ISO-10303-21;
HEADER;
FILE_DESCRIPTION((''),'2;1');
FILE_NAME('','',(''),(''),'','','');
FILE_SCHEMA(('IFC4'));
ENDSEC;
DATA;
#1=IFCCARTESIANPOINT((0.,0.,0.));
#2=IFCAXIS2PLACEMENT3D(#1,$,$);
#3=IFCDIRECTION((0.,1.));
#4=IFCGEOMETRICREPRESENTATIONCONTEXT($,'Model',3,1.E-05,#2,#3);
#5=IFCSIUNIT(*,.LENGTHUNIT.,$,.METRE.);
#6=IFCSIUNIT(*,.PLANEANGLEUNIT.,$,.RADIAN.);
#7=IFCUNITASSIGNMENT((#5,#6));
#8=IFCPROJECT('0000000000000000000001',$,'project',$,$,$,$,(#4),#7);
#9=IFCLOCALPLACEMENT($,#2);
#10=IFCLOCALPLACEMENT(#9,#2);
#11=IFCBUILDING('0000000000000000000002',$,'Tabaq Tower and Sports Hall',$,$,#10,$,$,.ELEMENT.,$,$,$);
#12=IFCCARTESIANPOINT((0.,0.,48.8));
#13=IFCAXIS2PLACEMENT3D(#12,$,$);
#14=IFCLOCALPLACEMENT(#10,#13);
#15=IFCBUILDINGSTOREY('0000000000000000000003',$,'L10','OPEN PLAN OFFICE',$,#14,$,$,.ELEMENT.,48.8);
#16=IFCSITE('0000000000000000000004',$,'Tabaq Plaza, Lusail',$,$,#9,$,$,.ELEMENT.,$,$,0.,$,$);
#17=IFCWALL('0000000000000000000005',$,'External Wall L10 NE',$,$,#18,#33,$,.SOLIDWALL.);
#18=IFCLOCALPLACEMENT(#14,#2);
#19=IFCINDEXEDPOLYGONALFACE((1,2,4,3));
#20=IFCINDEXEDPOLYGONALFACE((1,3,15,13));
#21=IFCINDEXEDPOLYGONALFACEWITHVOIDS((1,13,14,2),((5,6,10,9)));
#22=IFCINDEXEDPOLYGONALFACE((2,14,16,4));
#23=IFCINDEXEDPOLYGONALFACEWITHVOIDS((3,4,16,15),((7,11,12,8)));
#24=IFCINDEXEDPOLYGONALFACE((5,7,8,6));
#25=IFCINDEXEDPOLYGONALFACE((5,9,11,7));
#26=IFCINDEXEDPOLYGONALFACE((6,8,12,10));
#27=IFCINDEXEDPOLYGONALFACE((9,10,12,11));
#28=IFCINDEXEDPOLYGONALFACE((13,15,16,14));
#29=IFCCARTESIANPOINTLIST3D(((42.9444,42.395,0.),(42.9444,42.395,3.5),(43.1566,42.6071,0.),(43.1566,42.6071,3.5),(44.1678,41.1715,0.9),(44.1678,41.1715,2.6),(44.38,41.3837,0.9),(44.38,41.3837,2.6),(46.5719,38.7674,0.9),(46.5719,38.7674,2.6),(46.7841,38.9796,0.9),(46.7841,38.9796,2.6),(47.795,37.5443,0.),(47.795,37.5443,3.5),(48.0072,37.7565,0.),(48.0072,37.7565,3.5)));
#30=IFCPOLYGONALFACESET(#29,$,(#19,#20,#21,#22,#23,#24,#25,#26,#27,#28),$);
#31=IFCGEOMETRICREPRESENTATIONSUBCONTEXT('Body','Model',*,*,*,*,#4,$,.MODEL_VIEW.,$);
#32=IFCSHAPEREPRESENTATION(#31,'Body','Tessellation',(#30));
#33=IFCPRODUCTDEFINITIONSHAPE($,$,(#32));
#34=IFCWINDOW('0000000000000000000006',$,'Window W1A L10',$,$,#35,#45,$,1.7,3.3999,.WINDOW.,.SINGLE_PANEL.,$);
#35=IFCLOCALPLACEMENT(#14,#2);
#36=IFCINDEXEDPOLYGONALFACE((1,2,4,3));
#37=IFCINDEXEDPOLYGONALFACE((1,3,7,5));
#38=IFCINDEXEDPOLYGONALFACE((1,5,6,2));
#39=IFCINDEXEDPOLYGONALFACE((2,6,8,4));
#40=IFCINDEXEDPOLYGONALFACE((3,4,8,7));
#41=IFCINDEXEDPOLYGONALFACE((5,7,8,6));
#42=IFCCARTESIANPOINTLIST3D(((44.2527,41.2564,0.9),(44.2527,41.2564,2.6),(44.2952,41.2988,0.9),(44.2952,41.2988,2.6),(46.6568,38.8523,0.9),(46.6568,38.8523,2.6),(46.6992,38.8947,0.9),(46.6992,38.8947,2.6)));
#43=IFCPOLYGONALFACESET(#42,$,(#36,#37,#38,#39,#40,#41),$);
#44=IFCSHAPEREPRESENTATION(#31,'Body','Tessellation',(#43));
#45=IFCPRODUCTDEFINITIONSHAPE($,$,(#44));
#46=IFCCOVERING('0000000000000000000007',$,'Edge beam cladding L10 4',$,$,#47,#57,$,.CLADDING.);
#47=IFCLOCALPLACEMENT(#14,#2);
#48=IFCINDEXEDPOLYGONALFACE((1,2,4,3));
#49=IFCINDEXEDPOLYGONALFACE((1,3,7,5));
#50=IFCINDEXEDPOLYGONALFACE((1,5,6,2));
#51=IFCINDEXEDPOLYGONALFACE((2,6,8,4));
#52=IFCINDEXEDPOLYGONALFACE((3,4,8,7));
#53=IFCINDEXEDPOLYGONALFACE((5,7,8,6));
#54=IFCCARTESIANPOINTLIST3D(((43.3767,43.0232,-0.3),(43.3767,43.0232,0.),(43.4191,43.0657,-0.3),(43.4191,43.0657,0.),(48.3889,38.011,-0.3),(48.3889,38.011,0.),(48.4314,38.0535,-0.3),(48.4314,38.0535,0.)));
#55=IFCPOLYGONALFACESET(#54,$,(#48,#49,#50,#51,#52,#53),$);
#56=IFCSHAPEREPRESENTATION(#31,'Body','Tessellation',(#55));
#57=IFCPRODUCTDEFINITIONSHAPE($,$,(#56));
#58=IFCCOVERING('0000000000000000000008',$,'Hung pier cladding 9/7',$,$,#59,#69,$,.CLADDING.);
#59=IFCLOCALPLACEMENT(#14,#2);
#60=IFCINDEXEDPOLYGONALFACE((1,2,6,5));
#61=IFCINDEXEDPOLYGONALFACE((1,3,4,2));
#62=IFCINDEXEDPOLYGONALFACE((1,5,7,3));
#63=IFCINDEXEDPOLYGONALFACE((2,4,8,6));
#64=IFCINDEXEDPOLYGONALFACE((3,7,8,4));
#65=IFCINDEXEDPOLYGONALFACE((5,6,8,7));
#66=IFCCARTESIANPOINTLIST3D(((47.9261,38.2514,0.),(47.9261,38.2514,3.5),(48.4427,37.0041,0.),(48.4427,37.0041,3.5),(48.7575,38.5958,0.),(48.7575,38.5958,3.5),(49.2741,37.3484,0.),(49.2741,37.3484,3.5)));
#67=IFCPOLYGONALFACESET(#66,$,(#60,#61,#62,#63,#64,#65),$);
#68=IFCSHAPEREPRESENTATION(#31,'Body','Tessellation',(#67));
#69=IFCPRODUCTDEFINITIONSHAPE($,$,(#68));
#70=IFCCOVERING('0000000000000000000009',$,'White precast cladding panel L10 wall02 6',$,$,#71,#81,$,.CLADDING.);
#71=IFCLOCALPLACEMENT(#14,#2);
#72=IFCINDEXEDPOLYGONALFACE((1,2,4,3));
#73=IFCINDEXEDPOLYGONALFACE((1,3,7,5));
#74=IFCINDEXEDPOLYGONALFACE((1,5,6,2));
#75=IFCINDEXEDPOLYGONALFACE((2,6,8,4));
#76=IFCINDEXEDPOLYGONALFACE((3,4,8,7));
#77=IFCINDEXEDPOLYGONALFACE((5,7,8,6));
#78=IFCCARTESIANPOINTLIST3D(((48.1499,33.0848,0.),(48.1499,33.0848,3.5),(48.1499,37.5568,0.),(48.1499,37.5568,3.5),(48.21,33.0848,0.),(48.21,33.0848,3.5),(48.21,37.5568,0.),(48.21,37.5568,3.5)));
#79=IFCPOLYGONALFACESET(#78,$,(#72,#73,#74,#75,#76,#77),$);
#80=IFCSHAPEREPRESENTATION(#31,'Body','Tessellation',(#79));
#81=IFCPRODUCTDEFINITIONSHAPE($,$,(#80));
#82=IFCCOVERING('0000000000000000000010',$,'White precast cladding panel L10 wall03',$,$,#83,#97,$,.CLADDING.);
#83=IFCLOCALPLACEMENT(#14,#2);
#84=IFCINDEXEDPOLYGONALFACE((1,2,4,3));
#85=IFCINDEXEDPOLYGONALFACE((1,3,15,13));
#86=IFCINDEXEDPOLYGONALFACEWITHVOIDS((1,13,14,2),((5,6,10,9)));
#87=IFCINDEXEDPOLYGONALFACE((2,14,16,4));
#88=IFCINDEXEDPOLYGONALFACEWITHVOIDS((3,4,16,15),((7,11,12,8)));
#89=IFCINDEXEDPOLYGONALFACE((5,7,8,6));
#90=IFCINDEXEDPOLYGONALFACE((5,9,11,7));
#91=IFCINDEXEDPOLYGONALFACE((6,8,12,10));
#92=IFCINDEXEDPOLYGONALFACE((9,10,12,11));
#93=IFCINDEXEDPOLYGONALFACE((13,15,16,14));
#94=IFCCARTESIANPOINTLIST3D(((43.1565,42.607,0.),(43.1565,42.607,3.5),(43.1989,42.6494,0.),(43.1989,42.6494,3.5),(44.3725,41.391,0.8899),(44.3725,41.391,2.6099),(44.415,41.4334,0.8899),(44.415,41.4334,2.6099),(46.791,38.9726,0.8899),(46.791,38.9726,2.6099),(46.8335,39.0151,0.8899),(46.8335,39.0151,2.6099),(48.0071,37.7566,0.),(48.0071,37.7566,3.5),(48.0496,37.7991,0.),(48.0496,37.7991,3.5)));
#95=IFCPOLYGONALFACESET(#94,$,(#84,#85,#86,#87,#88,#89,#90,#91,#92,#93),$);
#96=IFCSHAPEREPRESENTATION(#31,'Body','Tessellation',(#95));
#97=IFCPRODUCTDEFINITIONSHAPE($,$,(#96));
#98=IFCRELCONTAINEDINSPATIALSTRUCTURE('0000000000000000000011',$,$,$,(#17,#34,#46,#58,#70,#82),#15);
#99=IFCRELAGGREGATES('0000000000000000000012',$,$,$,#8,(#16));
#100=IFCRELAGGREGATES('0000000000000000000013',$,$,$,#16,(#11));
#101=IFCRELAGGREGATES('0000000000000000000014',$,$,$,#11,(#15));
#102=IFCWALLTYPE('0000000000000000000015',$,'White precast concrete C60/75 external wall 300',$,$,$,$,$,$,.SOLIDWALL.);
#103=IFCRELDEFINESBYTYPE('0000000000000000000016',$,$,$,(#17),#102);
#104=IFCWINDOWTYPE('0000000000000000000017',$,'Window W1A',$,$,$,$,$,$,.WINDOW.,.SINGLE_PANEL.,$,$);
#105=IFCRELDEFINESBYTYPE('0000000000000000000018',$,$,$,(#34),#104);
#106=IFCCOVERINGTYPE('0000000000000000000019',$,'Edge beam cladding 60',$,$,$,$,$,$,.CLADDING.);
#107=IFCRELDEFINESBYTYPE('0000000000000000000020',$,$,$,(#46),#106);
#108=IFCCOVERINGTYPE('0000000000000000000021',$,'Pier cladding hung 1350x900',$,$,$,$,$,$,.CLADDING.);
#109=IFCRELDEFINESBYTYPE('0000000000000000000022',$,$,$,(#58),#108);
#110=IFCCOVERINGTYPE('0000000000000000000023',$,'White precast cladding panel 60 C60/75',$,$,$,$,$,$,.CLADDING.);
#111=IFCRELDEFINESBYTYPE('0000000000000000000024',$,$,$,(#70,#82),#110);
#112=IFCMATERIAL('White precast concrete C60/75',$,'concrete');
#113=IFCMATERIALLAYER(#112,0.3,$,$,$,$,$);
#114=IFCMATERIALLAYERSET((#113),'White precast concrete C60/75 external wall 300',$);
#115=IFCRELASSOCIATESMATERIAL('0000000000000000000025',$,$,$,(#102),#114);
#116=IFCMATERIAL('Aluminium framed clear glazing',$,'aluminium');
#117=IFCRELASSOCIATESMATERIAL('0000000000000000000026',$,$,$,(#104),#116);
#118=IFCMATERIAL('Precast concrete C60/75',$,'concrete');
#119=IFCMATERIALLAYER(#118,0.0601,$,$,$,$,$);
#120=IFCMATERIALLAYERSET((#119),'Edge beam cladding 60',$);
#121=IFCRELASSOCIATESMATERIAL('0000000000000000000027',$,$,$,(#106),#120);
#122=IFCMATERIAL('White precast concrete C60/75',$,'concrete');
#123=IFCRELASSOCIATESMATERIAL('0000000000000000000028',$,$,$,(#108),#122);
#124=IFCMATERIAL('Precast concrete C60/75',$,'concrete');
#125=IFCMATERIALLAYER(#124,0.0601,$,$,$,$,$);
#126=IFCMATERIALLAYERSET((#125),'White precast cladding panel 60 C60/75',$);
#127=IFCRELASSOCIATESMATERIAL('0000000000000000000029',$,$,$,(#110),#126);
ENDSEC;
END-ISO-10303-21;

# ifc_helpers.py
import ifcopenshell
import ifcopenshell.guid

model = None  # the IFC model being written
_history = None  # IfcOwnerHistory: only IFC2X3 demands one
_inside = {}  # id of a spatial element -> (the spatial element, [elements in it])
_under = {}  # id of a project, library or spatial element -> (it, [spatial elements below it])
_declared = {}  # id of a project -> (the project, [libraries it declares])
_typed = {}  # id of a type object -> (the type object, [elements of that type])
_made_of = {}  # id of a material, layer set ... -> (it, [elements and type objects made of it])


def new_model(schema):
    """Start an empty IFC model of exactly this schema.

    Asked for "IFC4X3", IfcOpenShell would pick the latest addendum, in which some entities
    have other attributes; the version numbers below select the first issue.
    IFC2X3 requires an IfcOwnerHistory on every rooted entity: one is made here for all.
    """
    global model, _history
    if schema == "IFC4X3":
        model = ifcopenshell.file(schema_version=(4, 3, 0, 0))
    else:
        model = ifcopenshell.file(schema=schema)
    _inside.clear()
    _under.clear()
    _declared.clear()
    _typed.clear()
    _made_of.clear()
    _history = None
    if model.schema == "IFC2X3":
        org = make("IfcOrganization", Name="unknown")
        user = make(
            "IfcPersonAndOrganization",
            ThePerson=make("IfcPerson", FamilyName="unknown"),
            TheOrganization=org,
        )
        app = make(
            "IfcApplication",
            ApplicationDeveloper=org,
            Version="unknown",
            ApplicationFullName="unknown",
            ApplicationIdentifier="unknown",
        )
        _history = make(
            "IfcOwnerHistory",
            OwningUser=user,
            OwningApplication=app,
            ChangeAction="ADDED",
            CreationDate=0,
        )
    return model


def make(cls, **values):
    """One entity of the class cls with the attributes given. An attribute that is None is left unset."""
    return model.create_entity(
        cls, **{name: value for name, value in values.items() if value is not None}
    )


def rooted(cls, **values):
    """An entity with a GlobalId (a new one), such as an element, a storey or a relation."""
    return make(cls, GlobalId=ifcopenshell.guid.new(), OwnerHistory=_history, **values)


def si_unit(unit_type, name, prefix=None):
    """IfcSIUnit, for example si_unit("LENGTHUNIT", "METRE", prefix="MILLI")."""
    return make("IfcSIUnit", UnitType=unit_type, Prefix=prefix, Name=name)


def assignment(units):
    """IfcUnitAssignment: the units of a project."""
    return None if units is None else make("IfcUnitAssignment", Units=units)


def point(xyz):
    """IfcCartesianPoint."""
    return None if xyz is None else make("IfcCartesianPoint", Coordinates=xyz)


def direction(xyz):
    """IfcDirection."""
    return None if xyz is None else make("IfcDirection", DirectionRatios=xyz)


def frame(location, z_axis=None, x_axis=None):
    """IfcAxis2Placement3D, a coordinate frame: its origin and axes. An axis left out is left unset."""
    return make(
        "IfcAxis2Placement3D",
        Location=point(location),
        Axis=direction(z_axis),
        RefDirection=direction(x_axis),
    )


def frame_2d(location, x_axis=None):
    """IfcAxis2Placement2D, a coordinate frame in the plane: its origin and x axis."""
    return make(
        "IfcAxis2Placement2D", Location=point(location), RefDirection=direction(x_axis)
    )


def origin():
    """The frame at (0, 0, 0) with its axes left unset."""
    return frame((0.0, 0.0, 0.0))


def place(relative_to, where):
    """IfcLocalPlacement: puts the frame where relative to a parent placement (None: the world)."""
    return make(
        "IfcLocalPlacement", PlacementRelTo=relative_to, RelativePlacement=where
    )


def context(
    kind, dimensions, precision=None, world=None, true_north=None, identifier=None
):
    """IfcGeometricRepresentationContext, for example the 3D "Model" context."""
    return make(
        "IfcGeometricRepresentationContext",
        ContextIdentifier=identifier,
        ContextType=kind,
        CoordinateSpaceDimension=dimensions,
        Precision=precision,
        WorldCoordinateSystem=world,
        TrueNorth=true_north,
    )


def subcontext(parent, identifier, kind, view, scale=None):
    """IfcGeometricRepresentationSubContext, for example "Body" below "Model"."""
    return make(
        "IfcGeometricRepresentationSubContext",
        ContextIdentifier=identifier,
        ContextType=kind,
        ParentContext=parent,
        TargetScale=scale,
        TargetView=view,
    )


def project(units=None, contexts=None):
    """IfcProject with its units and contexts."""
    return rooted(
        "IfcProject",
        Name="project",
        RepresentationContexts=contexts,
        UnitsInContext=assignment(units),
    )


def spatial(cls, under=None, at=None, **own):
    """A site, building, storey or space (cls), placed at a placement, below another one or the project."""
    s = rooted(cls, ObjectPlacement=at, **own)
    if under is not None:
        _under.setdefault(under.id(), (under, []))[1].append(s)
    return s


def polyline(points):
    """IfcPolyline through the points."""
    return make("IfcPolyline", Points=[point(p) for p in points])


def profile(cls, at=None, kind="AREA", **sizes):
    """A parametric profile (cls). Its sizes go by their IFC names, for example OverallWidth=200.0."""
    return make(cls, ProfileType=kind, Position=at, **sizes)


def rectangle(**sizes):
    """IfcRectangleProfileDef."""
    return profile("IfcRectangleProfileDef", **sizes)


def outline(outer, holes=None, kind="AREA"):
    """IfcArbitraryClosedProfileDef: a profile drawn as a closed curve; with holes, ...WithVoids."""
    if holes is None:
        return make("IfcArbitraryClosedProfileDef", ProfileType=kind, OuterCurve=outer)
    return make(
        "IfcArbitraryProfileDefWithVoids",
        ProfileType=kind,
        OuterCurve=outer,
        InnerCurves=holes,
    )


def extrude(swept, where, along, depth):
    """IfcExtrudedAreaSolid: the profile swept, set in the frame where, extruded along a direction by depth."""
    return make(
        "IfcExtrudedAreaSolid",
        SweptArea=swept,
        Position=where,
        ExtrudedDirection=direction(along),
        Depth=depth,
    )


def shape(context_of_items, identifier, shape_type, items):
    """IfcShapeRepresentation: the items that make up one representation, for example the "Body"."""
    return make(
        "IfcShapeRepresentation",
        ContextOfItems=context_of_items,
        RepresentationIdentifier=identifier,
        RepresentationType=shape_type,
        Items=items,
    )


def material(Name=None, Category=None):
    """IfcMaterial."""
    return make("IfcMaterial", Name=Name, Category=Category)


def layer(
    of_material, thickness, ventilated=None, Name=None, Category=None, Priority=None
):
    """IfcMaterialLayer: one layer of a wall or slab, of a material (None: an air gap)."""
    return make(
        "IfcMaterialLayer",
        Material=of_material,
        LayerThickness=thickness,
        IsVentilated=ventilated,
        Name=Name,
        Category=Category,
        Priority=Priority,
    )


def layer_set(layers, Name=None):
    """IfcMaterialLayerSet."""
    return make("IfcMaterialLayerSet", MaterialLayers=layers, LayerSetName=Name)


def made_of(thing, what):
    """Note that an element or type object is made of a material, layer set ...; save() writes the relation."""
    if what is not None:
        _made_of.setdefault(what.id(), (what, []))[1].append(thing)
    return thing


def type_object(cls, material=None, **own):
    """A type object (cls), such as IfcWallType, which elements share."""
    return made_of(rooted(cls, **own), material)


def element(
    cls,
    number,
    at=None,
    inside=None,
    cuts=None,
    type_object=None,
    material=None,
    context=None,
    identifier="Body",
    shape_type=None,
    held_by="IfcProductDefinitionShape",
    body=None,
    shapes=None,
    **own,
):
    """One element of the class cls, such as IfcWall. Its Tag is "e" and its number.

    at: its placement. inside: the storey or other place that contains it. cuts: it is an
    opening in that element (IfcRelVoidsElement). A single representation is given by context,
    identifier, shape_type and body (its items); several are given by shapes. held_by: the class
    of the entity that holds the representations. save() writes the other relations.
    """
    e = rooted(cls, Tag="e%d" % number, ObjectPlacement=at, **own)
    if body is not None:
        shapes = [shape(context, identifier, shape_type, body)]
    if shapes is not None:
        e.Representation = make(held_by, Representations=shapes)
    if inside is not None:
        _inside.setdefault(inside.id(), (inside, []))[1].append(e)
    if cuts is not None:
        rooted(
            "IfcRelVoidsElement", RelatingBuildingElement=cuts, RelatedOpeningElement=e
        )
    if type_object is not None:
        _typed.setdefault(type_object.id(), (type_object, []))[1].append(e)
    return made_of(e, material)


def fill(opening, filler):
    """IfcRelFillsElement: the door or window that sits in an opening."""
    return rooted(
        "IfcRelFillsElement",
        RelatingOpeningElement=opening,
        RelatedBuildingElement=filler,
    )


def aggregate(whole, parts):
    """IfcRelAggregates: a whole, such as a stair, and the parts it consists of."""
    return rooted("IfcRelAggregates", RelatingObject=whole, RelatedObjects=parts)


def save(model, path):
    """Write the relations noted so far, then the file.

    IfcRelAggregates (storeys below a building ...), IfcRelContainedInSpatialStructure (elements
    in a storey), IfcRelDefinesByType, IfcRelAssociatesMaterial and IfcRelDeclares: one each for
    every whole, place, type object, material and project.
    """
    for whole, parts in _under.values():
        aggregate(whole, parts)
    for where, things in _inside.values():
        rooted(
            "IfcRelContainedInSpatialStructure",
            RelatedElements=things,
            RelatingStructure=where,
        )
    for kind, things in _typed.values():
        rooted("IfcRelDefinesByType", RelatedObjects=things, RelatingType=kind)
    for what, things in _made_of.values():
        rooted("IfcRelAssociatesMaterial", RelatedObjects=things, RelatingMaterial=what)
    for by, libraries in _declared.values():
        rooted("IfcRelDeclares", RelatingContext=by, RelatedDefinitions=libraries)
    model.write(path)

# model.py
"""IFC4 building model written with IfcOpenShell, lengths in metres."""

from ifc_helpers import new_model, si_unit, direction, frame, frame_2d, origin, place, context, subcontext, project, spatial, polyline, rectangle, outline, extrude, material, layer, layer_set, type_object, element, fill, save


model = new_model("IFC4")

# Units and contexts
model_context = context("Model", 3, precision=1e-05, world=origin(), true_north=direction((0.0, 1.0)))
body_context = subcontext(model_context, "Body", "Model", "MODEL_VIEW")
ifc_project = project(units=[si_unit("LENGTHUNIT", "METRE"), si_unit("PLANEANGLEUNIT", "RADIAN")], contexts=[model_context])

# Site, building, storey
site_placement = place(None, origin())
site = spatial("IfcSite", under=ifc_project, at=site_placement, Name="Tabaq Plaza, Lusail", CompositionType="ELEMENT", RefElevation=0.0)
building_placement = place(site_placement, origin())
building = spatial("IfcBuilding", under=site, at=building_placement, Name="Tabaq Tower and Sports Hall", CompositionType="ELEMENT")
storey_placement = place(building_placement, frame((0.0, 0.0, 48.8)))
storey = spatial("IfcBuildingStorey", under=building, at=storey_placement, Name="L10", Description="OPEN PLAN OFFICE", CompositionType="ELEMENT", Elevation=48.8)

# Wall, opening, window
ifc_material_1 = material(Name="White precast concrete C60/75", Category="concrete")
ifc_layer_1 = layer(ifc_material_1, 0.3)
ifc_layer_set_1 = layer_set([ifc_layer_1], Name="White precast concrete C60/75 external wall 300")
wall_type_1 = type_object("IfcWallType", Name="White precast concrete C60/75 external wall 300", PredefinedType="SOLIDWALL", material=ifc_layer_set_1)
wall_1_placement = place(storey_placement, frame((47.9011, 37.6504, 0.0), z_axis=(0.0, 0.0, 1.0), x_axis=(-0.707107, 0.707107, 0.0)))
wall_1 = element("IfcWall", 1, at=wall_1_placement, inside=storey, type_object=wall_type_1, Name="External Wall L10 NE", PredefinedType="SOLIDWALL", context=body_context, shape_type="SweptSolid", body=[
    extrude(rectangle(XDim=6.8599, YDim=0.3, at=frame_2d((3.4299, 0.0))), origin(), (0.0, 0.0, 1.0), 3.5),
])
opening_1_placement = place(wall_1_placement, frame((1.7297, 0.0, 0.8999)))
opening_1 = element("IfcOpeningElement", 2, at=opening_1_placement, cuts=wall_1, PredefinedType="OPENING", context=body_context, shape_type="SweptSolid", body=[
    extrude(rectangle(XDim=3.3999, YDim=1.7, at=frame_2d((1.7, 0.8501))), frame((0.0, 0.1602, 0.0), z_axis=(0.0, -1.0, 0.0), x_axis=(1.0, 0.0, 0.0)), (0.0, 0.0, 1.0), 0.3201),
])
ifc_material_2 = material(Name="Aluminium framed clear glazing", Category="aluminium")
window_type = type_object("IfcWindowType", Name="Window W1A", PartitioningType="SINGLE_PANEL", PredefinedType="WINDOW", material=ifc_material_2)
window_placement = place(opening_1_placement, origin())
window = element("IfcWindow", 3, at=window_placement, inside=storey, type_object=window_type, Name="Window W1A L10", OverallHeight=1.7, OverallWidth=3.3999, PartitioningType="SINGLE_PANEL", PredefinedType="WINDOW", context=body_context, shape_type="SweptSolid", body=[
    extrude(rectangle(XDim=3.3999, YDim=1.7, at=frame_2d((1.7, 0.8501))), frame((0.0, 0.03, 0.0), z_axis=(0.0, -1.0, 0.0), x_axis=(1.0, 0.0, 0.0)), (0.0, 0.0, 1.0), 0.0601),
])
fill(opening_1, window)

# Coverings
ifc_material_3 = material(Name="Precast concrete C60/75", Category="concrete")
ifc_layer_2 = layer(ifc_material_3, 0.0601)
ifc_layer_set_2 = layer_set([ifc_layer_2], Name="Edge beam cladding 60")
covering_type_1 = type_object("IfcCoveringType", Name="Edge beam cladding 60", PredefinedType="CLADDING", material=ifc_layer_set_2)
covering_1_placement = place(storey_placement, frame((48.4102, 38.0322, -0.3), z_axis=(0.0, 0.0, 1.0), x_axis=(-0.707107, 0.707107, 0.0)))
element("IfcCovering", 4, at=covering_1_placement, inside=storey, type_object=covering_type_1, Name="Edge beam cladding L10 4", PredefinedType="CLADDING", context=body_context, shape_type="SweptSolid", body=[
    extrude(rectangle(XDim=7.0884, YDim=0.0601, at=frame_2d((3.5442, 0.0))), origin(), (0.0, 0.0, 1.0), 0.3),
])
ifc_material_4 = material(Name="White precast concrete C60/75", Category="concrete")
covering_type_2 = type_object("IfcCoveringType", Name="Pier cladding hung 1350x900", PredefinedType="CLADDING", material=ifc_material_4)
covering_2_placement = place(storey_placement, frame((48.8584, 37.1763, 0.0), z_axis=(0.0, 0.0, 1.0), x_axis=(-0.38265, 0.923893, 0.0)))
element("IfcCovering", 5, at=covering_2_placement, inside=storey, type_object=covering_type_2, Name="Hung pier cladding 9/7", PredefinedType="CLADDING", context=body_context, shape_type="SweptSolid", body=[
    extrude(rectangle(XDim=1.3501, YDim=0.8999, at=frame_2d((0.675, 0.0))), origin(), (0.0, 0.0, 1.0), 3.5),
])
ifc_material_5 = material(Name="Precast concrete C60/75", Category="concrete")
ifc_layer_3 = layer(ifc_material_5, 0.0601)
ifc_layer_set_3 = layer_set([ifc_layer_3], Name="White precast cladding panel 60 C60/75")
covering_type_3 = type_object("IfcCoveringType", Name="White precast cladding panel 60 C60/75", PredefinedType="CLADDING", material=ifc_layer_set_3)
covering_3_placement = place(storey_placement, frame((48.1799, 33.085, 0.0), z_axis=(0.0, 0.0, 1.0), x_axis=(0.0, 1.0, 0.0)))
element("IfcCovering", 6, at=covering_3_placement, inside=storey, type_object=covering_type_3, Name="White precast cladding panel L10 wall02 6", PredefinedType="CLADDING", context=body_context, shape_type="SweptSolid", body=[
    extrude(rectangle(XDim=4.4719, YDim=0.0601, at=frame_2d((2.2358, 0.0))), origin(), (0.0, 0.0, 1.0), 3.5),
])
covering_4_placement = place(storey_placement, frame((48.0283, 37.7778, 0.0), z_axis=(0.0, 0.0, 1.0), x_axis=(-0.707125, 0.707089, 0.0)))
element("IfcCovering", 7, at=covering_4_placement, inside=storey, type_object=covering_type_3, Name="White precast cladding panel L10 wall03", PredefinedType="CLADDING", context=body_context, shape_type="SweptSolid", body=[
    extrude(outline(polyline([(0.0, 0.0), (6.8596, 0.0), (6.8596, 3.5), (0.0, 3.5), (0.0, 0.0)]), holes=[polyline([(1.7197, 0.8899), (1.7197, 2.6099), (5.1399, 2.6099), (5.1399, 0.8899), (1.7197, 0.8899)])]), frame((0.0, 0.03, 0.0), z_axis=(0.0, -1.0, 0.0), x_axis=(1.0, 0.0, 0.0)), (0.0, 0.0, 1.0), 0.0601),
])

save(model, "model.ifc")
